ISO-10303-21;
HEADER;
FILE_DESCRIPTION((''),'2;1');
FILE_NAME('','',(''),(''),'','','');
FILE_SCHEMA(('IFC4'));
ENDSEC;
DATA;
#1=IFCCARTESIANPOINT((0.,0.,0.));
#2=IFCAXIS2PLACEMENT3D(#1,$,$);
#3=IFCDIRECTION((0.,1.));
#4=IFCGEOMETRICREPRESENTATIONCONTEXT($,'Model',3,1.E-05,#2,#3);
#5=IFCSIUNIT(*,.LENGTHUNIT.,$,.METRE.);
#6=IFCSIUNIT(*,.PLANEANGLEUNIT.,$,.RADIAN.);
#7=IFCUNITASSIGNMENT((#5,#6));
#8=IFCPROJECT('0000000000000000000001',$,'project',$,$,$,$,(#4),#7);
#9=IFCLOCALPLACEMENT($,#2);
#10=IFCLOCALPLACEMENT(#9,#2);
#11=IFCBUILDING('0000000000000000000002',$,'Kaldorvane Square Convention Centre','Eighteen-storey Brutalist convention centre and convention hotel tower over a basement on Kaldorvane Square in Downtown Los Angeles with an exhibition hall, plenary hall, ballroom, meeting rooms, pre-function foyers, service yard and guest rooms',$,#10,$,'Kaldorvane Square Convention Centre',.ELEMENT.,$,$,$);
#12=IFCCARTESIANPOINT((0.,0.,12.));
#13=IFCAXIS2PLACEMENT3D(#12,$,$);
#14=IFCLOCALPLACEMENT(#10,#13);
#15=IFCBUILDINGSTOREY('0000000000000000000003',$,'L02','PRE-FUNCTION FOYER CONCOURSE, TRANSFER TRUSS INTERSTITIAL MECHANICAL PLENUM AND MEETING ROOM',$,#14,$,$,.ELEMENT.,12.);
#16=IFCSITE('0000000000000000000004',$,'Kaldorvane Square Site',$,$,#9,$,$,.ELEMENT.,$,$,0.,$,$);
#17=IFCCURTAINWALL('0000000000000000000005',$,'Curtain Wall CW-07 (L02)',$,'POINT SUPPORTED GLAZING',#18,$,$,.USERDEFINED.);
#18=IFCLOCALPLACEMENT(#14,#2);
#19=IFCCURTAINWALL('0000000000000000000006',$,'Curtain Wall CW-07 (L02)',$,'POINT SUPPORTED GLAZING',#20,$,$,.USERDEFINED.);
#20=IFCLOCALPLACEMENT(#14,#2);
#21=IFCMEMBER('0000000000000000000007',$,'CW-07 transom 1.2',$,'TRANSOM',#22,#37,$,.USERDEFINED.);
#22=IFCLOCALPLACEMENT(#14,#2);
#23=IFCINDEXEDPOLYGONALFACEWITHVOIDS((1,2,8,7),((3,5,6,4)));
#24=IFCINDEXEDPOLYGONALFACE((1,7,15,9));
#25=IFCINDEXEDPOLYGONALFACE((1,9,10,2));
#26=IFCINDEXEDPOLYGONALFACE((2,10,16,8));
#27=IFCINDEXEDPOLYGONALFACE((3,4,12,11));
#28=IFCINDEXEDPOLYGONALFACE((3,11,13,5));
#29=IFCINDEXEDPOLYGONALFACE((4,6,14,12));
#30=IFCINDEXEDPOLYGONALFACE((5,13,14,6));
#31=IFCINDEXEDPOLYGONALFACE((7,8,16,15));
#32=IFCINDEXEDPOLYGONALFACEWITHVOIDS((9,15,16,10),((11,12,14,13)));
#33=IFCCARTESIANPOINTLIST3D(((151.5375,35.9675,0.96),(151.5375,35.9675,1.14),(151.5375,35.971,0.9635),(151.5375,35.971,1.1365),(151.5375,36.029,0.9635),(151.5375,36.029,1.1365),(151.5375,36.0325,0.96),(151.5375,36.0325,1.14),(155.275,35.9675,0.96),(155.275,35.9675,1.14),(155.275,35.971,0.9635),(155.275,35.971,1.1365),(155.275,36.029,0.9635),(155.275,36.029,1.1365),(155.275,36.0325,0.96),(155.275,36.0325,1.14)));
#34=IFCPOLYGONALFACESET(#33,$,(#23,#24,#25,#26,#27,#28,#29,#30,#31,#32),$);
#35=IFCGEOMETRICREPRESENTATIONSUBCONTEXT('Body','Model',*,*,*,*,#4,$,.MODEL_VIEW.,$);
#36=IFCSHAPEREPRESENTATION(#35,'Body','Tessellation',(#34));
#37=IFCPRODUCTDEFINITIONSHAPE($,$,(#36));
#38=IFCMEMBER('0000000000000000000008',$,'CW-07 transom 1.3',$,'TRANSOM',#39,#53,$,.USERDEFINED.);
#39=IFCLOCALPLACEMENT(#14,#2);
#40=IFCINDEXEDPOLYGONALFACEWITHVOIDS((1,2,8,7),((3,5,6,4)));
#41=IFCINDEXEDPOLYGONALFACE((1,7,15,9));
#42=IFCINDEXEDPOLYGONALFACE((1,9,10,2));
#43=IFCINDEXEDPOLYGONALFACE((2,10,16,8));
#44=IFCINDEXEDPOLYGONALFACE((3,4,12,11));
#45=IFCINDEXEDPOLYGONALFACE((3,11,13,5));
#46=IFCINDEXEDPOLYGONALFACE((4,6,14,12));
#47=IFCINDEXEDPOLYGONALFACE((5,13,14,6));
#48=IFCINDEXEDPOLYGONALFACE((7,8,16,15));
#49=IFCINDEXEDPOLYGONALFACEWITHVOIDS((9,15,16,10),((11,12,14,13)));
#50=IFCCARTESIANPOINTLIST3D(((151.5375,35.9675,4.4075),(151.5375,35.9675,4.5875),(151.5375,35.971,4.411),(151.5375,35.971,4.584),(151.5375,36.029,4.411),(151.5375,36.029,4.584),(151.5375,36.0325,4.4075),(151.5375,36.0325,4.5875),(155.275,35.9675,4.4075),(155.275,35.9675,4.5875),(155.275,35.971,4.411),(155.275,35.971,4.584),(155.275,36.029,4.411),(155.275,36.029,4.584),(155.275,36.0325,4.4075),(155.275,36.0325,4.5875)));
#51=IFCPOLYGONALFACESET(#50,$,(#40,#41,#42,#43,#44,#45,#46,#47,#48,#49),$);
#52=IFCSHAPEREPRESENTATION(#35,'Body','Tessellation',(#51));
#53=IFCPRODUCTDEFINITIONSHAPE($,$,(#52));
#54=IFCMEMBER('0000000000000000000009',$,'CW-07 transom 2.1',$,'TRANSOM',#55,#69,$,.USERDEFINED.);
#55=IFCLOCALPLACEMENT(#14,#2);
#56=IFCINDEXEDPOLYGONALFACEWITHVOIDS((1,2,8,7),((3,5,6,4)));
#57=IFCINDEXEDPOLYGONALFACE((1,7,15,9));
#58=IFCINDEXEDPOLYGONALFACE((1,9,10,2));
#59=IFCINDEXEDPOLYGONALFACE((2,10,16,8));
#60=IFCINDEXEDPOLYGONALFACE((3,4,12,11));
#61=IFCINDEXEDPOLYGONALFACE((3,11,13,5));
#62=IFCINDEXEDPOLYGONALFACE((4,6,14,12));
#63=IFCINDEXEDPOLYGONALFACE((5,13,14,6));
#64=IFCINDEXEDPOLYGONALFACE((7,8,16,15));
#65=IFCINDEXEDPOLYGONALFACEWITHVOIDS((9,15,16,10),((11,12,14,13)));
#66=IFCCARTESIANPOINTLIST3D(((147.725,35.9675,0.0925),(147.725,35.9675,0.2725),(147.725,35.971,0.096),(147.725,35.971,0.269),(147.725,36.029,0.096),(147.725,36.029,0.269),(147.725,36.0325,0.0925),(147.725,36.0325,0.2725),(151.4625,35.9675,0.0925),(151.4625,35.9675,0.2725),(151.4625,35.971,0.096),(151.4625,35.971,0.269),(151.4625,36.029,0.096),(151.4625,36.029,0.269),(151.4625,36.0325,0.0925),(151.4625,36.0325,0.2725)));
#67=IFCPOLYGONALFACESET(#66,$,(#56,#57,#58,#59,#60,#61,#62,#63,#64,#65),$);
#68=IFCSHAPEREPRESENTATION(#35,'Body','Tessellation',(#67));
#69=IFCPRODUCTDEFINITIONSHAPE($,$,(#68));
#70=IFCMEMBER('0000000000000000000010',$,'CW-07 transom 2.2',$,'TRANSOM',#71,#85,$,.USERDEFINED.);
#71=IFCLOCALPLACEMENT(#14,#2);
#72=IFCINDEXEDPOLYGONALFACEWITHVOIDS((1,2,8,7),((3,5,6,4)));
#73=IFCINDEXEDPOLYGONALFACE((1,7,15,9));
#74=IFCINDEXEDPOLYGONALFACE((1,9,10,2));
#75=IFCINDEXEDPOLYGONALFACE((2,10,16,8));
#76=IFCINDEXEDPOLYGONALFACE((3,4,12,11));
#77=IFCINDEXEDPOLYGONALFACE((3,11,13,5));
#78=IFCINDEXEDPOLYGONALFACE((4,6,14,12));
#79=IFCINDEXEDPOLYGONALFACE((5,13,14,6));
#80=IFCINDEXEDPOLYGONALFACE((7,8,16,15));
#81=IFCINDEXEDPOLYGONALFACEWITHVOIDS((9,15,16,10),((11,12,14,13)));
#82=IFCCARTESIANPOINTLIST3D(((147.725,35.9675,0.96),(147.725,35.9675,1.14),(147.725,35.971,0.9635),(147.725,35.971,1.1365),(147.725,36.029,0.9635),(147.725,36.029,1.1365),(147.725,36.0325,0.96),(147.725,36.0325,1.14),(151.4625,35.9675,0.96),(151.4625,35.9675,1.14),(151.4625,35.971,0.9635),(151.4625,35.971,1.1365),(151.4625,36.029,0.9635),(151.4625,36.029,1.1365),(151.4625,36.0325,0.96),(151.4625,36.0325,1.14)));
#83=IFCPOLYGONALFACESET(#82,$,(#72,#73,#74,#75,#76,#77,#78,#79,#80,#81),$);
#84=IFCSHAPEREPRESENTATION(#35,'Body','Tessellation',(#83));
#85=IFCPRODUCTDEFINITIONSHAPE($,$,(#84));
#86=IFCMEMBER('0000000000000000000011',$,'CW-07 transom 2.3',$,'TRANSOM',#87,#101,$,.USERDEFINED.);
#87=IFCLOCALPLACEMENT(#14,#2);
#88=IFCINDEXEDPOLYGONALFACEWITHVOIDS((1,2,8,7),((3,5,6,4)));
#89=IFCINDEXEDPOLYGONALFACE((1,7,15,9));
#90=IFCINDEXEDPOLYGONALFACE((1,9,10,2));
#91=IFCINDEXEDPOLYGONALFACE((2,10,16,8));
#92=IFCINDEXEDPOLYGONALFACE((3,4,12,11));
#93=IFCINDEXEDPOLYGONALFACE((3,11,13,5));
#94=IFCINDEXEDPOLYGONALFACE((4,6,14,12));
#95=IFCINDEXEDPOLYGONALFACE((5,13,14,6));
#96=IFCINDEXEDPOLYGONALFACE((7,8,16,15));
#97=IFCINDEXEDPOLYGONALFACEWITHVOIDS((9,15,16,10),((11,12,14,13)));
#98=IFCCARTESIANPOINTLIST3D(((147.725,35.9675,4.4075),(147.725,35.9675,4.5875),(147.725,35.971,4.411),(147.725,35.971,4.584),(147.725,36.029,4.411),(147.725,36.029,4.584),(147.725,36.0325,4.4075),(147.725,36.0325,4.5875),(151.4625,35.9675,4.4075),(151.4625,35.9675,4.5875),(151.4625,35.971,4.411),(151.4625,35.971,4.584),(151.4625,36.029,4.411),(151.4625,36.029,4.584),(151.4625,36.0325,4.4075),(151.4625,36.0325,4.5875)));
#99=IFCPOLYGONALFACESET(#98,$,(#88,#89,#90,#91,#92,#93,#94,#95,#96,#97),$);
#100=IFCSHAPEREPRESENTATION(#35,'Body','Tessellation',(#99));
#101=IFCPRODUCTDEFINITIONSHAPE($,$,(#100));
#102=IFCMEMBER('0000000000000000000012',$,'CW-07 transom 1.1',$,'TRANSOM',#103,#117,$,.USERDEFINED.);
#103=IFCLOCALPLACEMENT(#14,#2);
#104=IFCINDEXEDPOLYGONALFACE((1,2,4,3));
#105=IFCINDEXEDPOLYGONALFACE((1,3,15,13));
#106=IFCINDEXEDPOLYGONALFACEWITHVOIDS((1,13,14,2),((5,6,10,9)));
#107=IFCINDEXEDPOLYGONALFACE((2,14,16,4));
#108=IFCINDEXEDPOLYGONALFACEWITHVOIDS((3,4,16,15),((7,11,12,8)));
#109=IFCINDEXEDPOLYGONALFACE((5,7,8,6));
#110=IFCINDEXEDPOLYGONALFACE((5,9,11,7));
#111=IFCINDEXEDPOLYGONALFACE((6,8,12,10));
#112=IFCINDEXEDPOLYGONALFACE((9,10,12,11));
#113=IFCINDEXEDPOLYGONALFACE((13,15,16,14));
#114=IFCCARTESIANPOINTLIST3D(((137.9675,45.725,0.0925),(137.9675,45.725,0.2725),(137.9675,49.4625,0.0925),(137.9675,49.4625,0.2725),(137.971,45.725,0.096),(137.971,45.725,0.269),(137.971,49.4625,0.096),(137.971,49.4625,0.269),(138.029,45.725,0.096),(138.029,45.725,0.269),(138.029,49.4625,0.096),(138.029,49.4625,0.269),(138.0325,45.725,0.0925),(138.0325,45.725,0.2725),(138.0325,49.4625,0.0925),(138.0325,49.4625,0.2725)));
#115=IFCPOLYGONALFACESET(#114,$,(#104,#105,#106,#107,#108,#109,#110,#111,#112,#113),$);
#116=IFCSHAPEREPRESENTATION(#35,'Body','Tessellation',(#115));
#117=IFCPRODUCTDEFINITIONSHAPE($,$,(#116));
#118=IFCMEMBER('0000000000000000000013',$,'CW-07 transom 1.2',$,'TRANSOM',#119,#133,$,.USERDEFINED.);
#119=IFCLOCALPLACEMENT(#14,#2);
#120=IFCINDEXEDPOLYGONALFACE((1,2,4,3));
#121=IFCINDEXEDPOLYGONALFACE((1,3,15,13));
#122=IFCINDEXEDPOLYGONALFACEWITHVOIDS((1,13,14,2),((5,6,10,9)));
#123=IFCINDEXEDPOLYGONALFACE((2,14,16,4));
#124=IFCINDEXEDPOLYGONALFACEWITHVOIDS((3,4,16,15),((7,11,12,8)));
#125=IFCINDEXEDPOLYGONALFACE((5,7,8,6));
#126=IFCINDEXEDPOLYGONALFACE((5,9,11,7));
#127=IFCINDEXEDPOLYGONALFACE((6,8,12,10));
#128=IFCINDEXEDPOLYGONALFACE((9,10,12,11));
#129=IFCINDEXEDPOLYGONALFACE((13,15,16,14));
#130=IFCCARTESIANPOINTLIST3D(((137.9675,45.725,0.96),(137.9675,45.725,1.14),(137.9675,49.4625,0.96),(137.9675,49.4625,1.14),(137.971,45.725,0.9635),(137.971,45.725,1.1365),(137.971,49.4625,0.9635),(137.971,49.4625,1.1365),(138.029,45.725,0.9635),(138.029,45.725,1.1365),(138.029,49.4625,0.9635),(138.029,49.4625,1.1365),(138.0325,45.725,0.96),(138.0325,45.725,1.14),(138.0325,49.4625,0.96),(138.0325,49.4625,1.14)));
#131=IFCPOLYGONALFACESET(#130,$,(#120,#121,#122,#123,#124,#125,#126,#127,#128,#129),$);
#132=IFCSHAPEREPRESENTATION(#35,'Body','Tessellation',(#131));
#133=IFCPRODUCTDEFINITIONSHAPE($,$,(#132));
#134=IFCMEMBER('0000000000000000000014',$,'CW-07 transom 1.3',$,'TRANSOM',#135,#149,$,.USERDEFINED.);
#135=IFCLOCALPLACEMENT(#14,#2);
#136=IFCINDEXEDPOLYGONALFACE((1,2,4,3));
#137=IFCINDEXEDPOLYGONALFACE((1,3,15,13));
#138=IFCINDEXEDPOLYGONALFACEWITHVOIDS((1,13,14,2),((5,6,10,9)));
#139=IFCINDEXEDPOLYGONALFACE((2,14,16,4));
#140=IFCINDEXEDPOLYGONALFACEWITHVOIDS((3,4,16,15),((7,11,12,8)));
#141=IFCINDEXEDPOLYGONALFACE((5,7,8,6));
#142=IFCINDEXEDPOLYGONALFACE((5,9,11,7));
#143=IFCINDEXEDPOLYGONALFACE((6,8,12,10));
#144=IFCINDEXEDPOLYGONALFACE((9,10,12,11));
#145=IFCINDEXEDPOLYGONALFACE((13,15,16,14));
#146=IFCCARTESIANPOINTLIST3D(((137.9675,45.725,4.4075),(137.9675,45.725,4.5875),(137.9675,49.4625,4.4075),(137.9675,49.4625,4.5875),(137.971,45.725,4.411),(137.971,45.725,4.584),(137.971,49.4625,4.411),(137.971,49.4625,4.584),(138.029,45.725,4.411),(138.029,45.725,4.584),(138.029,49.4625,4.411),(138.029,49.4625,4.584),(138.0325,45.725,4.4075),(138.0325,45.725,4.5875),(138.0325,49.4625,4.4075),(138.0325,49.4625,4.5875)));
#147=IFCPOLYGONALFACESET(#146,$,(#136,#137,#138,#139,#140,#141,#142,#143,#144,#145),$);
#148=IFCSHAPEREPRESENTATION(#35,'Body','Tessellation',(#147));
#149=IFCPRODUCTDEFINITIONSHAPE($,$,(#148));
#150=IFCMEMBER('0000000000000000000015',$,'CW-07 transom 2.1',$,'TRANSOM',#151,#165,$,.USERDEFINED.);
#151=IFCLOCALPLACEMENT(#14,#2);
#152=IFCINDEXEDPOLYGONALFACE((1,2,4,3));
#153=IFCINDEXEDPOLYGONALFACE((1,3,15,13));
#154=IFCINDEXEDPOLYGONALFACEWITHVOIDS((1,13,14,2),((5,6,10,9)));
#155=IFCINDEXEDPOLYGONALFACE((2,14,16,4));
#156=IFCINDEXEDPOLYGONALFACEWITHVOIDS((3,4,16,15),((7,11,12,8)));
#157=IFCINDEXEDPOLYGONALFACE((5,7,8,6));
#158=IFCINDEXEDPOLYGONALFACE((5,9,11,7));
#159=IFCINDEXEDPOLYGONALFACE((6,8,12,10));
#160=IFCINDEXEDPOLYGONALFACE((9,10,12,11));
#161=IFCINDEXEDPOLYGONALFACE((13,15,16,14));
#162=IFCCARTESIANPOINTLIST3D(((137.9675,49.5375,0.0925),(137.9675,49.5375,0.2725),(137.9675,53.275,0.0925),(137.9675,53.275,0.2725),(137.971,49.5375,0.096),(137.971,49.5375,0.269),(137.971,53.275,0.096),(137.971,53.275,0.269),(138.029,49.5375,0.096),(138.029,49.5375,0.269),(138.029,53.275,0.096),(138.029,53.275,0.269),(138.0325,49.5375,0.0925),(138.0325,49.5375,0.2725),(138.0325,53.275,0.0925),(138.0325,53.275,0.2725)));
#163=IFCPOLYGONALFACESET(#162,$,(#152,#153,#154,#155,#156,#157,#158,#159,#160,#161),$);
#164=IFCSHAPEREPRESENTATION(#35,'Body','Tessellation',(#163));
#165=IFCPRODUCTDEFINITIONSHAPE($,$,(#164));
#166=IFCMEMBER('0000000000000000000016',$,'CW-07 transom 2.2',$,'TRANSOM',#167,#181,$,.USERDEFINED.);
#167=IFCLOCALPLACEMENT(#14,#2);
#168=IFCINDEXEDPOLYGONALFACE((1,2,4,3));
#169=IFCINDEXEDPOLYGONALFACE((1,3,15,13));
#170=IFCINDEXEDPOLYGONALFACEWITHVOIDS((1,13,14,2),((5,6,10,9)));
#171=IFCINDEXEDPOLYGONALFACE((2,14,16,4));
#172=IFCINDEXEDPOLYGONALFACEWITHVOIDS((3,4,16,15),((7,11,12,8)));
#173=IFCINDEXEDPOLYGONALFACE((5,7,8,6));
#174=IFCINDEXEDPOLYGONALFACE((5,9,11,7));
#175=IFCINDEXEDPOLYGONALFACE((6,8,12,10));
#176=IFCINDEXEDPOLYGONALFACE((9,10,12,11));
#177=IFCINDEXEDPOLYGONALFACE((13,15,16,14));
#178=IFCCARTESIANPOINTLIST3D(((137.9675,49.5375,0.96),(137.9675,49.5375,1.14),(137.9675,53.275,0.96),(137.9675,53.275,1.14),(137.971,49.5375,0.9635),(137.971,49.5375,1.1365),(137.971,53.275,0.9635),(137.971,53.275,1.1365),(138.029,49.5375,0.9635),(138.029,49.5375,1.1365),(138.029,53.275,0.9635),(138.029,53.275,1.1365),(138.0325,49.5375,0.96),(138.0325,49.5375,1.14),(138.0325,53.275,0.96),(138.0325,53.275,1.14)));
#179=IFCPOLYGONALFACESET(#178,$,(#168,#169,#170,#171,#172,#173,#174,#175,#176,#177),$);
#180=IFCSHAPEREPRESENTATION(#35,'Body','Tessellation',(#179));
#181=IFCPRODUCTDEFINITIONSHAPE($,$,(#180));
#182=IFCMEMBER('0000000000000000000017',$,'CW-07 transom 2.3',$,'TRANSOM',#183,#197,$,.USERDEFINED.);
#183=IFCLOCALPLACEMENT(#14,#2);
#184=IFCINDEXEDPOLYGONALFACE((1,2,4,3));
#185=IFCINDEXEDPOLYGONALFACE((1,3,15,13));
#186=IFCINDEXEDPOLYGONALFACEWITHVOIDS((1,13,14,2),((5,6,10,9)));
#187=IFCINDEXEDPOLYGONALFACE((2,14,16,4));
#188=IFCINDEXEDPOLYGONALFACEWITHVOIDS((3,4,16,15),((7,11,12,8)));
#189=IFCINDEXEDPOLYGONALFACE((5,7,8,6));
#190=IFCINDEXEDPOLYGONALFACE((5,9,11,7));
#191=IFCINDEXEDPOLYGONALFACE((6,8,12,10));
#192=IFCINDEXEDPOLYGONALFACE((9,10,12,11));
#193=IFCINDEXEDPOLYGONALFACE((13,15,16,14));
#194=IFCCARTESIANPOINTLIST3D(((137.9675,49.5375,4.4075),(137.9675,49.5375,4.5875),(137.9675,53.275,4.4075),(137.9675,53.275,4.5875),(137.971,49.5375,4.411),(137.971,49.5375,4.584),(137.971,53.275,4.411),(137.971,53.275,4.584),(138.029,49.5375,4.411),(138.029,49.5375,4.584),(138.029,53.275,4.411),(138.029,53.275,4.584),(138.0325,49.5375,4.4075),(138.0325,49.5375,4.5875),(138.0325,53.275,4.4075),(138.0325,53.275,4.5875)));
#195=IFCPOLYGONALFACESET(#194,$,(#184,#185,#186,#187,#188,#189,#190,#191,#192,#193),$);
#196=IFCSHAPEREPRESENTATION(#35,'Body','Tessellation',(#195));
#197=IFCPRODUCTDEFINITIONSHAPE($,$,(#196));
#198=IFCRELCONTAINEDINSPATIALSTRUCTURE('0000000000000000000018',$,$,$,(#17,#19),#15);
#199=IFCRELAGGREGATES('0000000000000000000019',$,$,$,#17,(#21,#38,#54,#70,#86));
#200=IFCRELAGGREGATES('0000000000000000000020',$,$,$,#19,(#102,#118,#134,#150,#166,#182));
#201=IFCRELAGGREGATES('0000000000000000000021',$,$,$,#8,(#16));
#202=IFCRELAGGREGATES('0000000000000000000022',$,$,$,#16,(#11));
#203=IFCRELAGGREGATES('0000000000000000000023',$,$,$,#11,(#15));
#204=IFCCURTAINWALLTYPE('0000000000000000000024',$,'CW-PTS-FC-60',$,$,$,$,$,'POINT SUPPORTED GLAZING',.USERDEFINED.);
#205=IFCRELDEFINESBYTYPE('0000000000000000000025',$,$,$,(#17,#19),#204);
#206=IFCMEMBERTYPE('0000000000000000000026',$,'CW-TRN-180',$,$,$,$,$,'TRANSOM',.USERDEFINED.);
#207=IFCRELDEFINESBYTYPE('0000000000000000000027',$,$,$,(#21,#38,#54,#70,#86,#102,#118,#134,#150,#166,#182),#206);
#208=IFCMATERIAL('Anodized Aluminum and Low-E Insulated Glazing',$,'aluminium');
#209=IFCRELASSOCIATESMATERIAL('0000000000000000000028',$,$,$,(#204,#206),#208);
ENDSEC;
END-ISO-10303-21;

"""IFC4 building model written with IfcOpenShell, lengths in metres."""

from ifc_helpers import new_model, si_unit, direction, frame, origin, origin_2d, place, context, subcontext, project, spatial, hollow_rectangle, extrude, material, material_profile, profile_set, type_object, element, aggregate, save


model = new_model("IFC4")

# Units and contexts
model_context = context("Model", 3, precision=1e-05, world=origin(), true_north=direction((0.0, 1.0)))
body_context = subcontext(model_context, "Body", "Model", "MODEL_VIEW")
ifc_project = project(units=[si_unit("LENGTHUNIT", "METRE"), si_unit("PLANEANGLEUNIT", "RADIAN")], contexts=[model_context])

# Site, building, storey
site_placement = place(None, origin())
site = spatial("IfcSite", under=ifc_project, at=site_placement, Name="Kaldorvane Square Site", CompositionType="ELEMENT", RefElevation=0.0)
building_placement = place(site_placement, origin())
building = spatial("IfcBuilding", under=site, at=building_placement, Name="Kaldorvane Square Convention Centre", Description="Eighteen-storey Brutalist convention centre and convention hotel tower over a basement on Kaldorvane Square in Downtown Los Angeles with an exhibition hall, plenary hall, ballroom, meeting rooms, pre-function foyers, service yard and guest rooms", LongName="Kaldorvane Square Convention Centre", CompositionType="ELEMENT")
storey_placement = place(building_placement, frame((0.0, 0.0, 12.0)))
storey = spatial("IfcBuildingStorey", under=building, at=storey_placement, Name="L02", Description="PRE-FUNCTION FOYER CONCOURSE, TRANSFER TRUSS INTERSTITIAL MECHANICAL PLENUM AND MEETING ROOM", CompositionType="ELEMENT", Elevation=12.0)

# Curtain wall
ifc_material_1 = material(Name="Anodized Aluminum and Low-E Insulated Glazing", Category="aluminium")
curtain_wall_type = type_object("IfcCurtainWallType", Name="CW-PTS-FC-60", ElementType="POINT SUPPORTED GLAZING", PredefinedType="USERDEFINED", material=ifc_material_1)
curtain_wall_1_placement = place(storey_placement, origin())
curtain_wall_1 = element("IfcCurtainWall", 1, at=curtain_wall_1_placement, inside=storey, type_object=curtain_wall_type, Name="Curtain Wall CW-07 (L02)", ObjectType="POINT SUPPORTED GLAZING", PredefinedType="USERDEFINED")

# Curtain wall
curtain_wall_2_placement = place(storey_placement, origin())
curtain_wall_2 = element("IfcCurtainWall", 2, at=curtain_wall_2_placement, inside=storey, type_object=curtain_wall_type, Name="Curtain Wall CW-07 (L02)", ObjectType="POINT SUPPORTED GLAZING", PredefinedType="USERDEFINED")

# Members
ifc_material_profile_1 = material_profile(ifc_material_1, hollow_rectangle(XDim=0.065, YDim=0.18, WallThickness=0.0035, at=origin_2d()), Name="CWT-180X65")
ifc_profile_set_1 = profile_set([ifc_material_profile_1], Name="Anodized Aluminum and Low-E Insulated Glazing")
member_type_1 = type_object("IfcMemberType", Name="CW-TRN-180", ElementType="TRANSOM", PredefinedType="USERDEFINED", material=ifc_profile_set_1)
member_1_placement = place(storey_placement, frame((155.275, 36.0, 1.05), z_axis=(-1.0, 0.0, 0.0), x_axis=(0.0, -1.0, 0.0)))
member_1 = element("IfcMember", 3, at=member_1_placement, type_object=member_type_1, Name="CW-07 transom 1.2", ObjectType="TRANSOM", PredefinedType="USERDEFINED", context=body_context, shape_type="SweptSolid", body=[
    extrude(hollow_rectangle(XDim=0.065, YDim=0.18, WallThickness=0.0035, at=origin_2d()), origin(), (0.0, 0.0, 1.0), 3.7375),
])
member_2_placement = place(storey_placement, frame((155.275, 36.0, 4.4975), z_axis=(-1.0, 0.0, 0.0), x_axis=(0.0, -1.0, 0.0)))
member_2 = element("IfcMember", 4, at=member_2_placement, type_object=member_type_1, Name="CW-07 transom 1.3", ObjectType="TRANSOM", PredefinedType="USERDEFINED", context=body_context, shape_type="SweptSolid", body=[
    extrude(hollow_rectangle(XDim=0.065, YDim=0.18, WallThickness=0.0035, at=origin_2d()), origin(), (0.0, 0.0, 1.0), 3.7375),
])
member_3_placement = place(storey_placement, frame((151.4625, 36.0, 0.1825), z_axis=(-1.0, 0.0, 0.0), x_axis=(0.0, -1.0, 0.0)))
member_3 = element("IfcMember", 5, at=member_3_placement, type_object=member_type_1, Name="CW-07 transom 2.1", ObjectType="TRANSOM", PredefinedType="USERDEFINED", context=body_context, shape_type="SweptSolid", body=[
    extrude(hollow_rectangle(XDim=0.065, YDim=0.18, WallThickness=0.0035, at=origin_2d()), origin(), (0.0, 0.0, 1.0), 3.7375),
])
member_4_placement = place(storey_placement, frame((151.4625, 36.0, 1.05), z_axis=(-1.0, 0.0, 0.0), x_axis=(0.0, -1.0, 0.0)))
member_4 = element("IfcMember", 6, at=member_4_placement, type_object=member_type_1, Name="CW-07 transom 2.2", ObjectType="TRANSOM", PredefinedType="USERDEFINED", context=body_context, shape_type="SweptSolid", body=[
    extrude(hollow_rectangle(XDim=0.065, YDim=0.18, WallThickness=0.0035, at=origin_2d()), origin(), (0.0, 0.0, 1.0), 3.7375),
])
member_5_placement = place(storey_placement, frame((151.4625, 36.0, 4.4975), z_axis=(-1.0, 0.0, 0.0), x_axis=(0.0, -1.0, 0.0)))
member_5 = element("IfcMember", 7, at=member_5_placement, type_object=member_type_1, Name="CW-07 transom 2.3", ObjectType="TRANSOM", PredefinedType="USERDEFINED", context=body_context, shape_type="SweptSolid", body=[
    extrude(hollow_rectangle(XDim=0.065, YDim=0.18, WallThickness=0.0035, at=origin_2d()), origin(), (0.0, 0.0, 1.0), 3.7375),
])
member_6_placement = place(storey_placement, frame((138.0, 45.725, 0.1825), z_axis=(0.0, 1.0, 0.0), x_axis=(-1.0, 0.0, 0.0)))
member_6 = element("IfcMember", 8, at=member_6_placement, type_object=member_type_1, Name="CW-07 transom 1.1", ObjectType="TRANSOM", PredefinedType="USERDEFINED", context=body_context, shape_type="SweptSolid", body=[
    extrude(hollow_rectangle(XDim=0.065, YDim=0.18, WallThickness=0.0035, at=origin_2d()), origin(), (0.0, 0.0, 1.0), 3.7375),
])
member_7_placement = place(storey_placement, frame((138.0, 45.725, 1.05), z_axis=(0.0, 1.0, 0.0), x_axis=(-1.0, 0.0, 0.0)))
member_7 = element("IfcMember", 9, at=member_7_placement, type_object=member_type_1, Name="CW-07 transom 1.2", ObjectType="TRANSOM", PredefinedType="USERDEFINED", context=body_context, shape_type="SweptSolid", body=[
    extrude(hollow_rectangle(XDim=0.065, YDim=0.18, WallThickness=0.0035, at=origin_2d()), origin(), (0.0, 0.0, 1.0), 3.7375),
])
member_8_placement = place(storey_placement, frame((138.0, 45.725, 4.4975), z_axis=(0.0, 1.0, 0.0), x_axis=(-1.0, 0.0, 0.0)))
member_8 = element("IfcMember", 10, at=member_8_placement, type_object=member_type_1, Name="CW-07 transom 1.3", ObjectType="TRANSOM", PredefinedType="USERDEFINED", context=body_context, shape_type="SweptSolid", body=[
    extrude(hollow_rectangle(XDim=0.065, YDim=0.18, WallThickness=0.0035, at=origin_2d()), origin(), (0.0, 0.0, 1.0), 3.7375),
])
member_9_placement = place(storey_placement, frame((138.0, 49.5375, 0.1825), z_axis=(0.0, 1.0, 0.0), x_axis=(-1.0, 0.0, 0.0)))
member_9 = element("IfcMember", 11, at=member_9_placement, type_object=member_type_1, Name="CW-07 transom 2.1", ObjectType="TRANSOM", PredefinedType="USERDEFINED", context=body_context, shape_type="SweptSolid", body=[
    extrude(hollow_rectangle(XDim=0.065, YDim=0.18, WallThickness=0.0035, at=origin_2d()), origin(), (0.0, 0.0, 1.0), 3.7375),
])
member_10_placement = place(storey_placement, frame((138.0, 49.5375, 1.05), z_axis=(0.0, 1.0, 0.0), x_axis=(-1.0, 0.0, 0.0)))
member_10 = element("IfcMember", 12, at=member_10_placement, type_object=member_type_1, Name="CW-07 transom 2.2", ObjectType="TRANSOM", PredefinedType="USERDEFINED", context=body_context, shape_type="SweptSolid", body=[
    extrude(hollow_rectangle(XDim=0.065, YDim=0.18, WallThickness=0.0035, at=origin_2d()), origin(), (0.0, 0.0, 1.0), 3.7375),
])
member_11_placement = place(storey_placement, frame((138.0, 49.5375, 4.4975), z_axis=(0.0, 1.0, 0.0), x_axis=(-1.0, 0.0, 0.0)))
member_11 = element("IfcMember", 13, at=member_11_placement, type_object=member_type_1, Name="CW-07 transom 2.3", ObjectType="TRANSOM", PredefinedType="USERDEFINED", context=body_context, shape_type="SweptSolid", body=[
    extrude(hollow_rectangle(XDim=0.065, YDim=0.18, WallThickness=0.0035, at=origin_2d()), origin(), (0.0, 0.0, 1.0), 3.7375),
])

aggregate(curtain_wall_1, [member_1, member_2, member_3, member_4, member_5])
aggregate(curtain_wall_2, [member_6, member_7, member_8, member_9, member_10, member_11])

save(model, "model.ifc")
